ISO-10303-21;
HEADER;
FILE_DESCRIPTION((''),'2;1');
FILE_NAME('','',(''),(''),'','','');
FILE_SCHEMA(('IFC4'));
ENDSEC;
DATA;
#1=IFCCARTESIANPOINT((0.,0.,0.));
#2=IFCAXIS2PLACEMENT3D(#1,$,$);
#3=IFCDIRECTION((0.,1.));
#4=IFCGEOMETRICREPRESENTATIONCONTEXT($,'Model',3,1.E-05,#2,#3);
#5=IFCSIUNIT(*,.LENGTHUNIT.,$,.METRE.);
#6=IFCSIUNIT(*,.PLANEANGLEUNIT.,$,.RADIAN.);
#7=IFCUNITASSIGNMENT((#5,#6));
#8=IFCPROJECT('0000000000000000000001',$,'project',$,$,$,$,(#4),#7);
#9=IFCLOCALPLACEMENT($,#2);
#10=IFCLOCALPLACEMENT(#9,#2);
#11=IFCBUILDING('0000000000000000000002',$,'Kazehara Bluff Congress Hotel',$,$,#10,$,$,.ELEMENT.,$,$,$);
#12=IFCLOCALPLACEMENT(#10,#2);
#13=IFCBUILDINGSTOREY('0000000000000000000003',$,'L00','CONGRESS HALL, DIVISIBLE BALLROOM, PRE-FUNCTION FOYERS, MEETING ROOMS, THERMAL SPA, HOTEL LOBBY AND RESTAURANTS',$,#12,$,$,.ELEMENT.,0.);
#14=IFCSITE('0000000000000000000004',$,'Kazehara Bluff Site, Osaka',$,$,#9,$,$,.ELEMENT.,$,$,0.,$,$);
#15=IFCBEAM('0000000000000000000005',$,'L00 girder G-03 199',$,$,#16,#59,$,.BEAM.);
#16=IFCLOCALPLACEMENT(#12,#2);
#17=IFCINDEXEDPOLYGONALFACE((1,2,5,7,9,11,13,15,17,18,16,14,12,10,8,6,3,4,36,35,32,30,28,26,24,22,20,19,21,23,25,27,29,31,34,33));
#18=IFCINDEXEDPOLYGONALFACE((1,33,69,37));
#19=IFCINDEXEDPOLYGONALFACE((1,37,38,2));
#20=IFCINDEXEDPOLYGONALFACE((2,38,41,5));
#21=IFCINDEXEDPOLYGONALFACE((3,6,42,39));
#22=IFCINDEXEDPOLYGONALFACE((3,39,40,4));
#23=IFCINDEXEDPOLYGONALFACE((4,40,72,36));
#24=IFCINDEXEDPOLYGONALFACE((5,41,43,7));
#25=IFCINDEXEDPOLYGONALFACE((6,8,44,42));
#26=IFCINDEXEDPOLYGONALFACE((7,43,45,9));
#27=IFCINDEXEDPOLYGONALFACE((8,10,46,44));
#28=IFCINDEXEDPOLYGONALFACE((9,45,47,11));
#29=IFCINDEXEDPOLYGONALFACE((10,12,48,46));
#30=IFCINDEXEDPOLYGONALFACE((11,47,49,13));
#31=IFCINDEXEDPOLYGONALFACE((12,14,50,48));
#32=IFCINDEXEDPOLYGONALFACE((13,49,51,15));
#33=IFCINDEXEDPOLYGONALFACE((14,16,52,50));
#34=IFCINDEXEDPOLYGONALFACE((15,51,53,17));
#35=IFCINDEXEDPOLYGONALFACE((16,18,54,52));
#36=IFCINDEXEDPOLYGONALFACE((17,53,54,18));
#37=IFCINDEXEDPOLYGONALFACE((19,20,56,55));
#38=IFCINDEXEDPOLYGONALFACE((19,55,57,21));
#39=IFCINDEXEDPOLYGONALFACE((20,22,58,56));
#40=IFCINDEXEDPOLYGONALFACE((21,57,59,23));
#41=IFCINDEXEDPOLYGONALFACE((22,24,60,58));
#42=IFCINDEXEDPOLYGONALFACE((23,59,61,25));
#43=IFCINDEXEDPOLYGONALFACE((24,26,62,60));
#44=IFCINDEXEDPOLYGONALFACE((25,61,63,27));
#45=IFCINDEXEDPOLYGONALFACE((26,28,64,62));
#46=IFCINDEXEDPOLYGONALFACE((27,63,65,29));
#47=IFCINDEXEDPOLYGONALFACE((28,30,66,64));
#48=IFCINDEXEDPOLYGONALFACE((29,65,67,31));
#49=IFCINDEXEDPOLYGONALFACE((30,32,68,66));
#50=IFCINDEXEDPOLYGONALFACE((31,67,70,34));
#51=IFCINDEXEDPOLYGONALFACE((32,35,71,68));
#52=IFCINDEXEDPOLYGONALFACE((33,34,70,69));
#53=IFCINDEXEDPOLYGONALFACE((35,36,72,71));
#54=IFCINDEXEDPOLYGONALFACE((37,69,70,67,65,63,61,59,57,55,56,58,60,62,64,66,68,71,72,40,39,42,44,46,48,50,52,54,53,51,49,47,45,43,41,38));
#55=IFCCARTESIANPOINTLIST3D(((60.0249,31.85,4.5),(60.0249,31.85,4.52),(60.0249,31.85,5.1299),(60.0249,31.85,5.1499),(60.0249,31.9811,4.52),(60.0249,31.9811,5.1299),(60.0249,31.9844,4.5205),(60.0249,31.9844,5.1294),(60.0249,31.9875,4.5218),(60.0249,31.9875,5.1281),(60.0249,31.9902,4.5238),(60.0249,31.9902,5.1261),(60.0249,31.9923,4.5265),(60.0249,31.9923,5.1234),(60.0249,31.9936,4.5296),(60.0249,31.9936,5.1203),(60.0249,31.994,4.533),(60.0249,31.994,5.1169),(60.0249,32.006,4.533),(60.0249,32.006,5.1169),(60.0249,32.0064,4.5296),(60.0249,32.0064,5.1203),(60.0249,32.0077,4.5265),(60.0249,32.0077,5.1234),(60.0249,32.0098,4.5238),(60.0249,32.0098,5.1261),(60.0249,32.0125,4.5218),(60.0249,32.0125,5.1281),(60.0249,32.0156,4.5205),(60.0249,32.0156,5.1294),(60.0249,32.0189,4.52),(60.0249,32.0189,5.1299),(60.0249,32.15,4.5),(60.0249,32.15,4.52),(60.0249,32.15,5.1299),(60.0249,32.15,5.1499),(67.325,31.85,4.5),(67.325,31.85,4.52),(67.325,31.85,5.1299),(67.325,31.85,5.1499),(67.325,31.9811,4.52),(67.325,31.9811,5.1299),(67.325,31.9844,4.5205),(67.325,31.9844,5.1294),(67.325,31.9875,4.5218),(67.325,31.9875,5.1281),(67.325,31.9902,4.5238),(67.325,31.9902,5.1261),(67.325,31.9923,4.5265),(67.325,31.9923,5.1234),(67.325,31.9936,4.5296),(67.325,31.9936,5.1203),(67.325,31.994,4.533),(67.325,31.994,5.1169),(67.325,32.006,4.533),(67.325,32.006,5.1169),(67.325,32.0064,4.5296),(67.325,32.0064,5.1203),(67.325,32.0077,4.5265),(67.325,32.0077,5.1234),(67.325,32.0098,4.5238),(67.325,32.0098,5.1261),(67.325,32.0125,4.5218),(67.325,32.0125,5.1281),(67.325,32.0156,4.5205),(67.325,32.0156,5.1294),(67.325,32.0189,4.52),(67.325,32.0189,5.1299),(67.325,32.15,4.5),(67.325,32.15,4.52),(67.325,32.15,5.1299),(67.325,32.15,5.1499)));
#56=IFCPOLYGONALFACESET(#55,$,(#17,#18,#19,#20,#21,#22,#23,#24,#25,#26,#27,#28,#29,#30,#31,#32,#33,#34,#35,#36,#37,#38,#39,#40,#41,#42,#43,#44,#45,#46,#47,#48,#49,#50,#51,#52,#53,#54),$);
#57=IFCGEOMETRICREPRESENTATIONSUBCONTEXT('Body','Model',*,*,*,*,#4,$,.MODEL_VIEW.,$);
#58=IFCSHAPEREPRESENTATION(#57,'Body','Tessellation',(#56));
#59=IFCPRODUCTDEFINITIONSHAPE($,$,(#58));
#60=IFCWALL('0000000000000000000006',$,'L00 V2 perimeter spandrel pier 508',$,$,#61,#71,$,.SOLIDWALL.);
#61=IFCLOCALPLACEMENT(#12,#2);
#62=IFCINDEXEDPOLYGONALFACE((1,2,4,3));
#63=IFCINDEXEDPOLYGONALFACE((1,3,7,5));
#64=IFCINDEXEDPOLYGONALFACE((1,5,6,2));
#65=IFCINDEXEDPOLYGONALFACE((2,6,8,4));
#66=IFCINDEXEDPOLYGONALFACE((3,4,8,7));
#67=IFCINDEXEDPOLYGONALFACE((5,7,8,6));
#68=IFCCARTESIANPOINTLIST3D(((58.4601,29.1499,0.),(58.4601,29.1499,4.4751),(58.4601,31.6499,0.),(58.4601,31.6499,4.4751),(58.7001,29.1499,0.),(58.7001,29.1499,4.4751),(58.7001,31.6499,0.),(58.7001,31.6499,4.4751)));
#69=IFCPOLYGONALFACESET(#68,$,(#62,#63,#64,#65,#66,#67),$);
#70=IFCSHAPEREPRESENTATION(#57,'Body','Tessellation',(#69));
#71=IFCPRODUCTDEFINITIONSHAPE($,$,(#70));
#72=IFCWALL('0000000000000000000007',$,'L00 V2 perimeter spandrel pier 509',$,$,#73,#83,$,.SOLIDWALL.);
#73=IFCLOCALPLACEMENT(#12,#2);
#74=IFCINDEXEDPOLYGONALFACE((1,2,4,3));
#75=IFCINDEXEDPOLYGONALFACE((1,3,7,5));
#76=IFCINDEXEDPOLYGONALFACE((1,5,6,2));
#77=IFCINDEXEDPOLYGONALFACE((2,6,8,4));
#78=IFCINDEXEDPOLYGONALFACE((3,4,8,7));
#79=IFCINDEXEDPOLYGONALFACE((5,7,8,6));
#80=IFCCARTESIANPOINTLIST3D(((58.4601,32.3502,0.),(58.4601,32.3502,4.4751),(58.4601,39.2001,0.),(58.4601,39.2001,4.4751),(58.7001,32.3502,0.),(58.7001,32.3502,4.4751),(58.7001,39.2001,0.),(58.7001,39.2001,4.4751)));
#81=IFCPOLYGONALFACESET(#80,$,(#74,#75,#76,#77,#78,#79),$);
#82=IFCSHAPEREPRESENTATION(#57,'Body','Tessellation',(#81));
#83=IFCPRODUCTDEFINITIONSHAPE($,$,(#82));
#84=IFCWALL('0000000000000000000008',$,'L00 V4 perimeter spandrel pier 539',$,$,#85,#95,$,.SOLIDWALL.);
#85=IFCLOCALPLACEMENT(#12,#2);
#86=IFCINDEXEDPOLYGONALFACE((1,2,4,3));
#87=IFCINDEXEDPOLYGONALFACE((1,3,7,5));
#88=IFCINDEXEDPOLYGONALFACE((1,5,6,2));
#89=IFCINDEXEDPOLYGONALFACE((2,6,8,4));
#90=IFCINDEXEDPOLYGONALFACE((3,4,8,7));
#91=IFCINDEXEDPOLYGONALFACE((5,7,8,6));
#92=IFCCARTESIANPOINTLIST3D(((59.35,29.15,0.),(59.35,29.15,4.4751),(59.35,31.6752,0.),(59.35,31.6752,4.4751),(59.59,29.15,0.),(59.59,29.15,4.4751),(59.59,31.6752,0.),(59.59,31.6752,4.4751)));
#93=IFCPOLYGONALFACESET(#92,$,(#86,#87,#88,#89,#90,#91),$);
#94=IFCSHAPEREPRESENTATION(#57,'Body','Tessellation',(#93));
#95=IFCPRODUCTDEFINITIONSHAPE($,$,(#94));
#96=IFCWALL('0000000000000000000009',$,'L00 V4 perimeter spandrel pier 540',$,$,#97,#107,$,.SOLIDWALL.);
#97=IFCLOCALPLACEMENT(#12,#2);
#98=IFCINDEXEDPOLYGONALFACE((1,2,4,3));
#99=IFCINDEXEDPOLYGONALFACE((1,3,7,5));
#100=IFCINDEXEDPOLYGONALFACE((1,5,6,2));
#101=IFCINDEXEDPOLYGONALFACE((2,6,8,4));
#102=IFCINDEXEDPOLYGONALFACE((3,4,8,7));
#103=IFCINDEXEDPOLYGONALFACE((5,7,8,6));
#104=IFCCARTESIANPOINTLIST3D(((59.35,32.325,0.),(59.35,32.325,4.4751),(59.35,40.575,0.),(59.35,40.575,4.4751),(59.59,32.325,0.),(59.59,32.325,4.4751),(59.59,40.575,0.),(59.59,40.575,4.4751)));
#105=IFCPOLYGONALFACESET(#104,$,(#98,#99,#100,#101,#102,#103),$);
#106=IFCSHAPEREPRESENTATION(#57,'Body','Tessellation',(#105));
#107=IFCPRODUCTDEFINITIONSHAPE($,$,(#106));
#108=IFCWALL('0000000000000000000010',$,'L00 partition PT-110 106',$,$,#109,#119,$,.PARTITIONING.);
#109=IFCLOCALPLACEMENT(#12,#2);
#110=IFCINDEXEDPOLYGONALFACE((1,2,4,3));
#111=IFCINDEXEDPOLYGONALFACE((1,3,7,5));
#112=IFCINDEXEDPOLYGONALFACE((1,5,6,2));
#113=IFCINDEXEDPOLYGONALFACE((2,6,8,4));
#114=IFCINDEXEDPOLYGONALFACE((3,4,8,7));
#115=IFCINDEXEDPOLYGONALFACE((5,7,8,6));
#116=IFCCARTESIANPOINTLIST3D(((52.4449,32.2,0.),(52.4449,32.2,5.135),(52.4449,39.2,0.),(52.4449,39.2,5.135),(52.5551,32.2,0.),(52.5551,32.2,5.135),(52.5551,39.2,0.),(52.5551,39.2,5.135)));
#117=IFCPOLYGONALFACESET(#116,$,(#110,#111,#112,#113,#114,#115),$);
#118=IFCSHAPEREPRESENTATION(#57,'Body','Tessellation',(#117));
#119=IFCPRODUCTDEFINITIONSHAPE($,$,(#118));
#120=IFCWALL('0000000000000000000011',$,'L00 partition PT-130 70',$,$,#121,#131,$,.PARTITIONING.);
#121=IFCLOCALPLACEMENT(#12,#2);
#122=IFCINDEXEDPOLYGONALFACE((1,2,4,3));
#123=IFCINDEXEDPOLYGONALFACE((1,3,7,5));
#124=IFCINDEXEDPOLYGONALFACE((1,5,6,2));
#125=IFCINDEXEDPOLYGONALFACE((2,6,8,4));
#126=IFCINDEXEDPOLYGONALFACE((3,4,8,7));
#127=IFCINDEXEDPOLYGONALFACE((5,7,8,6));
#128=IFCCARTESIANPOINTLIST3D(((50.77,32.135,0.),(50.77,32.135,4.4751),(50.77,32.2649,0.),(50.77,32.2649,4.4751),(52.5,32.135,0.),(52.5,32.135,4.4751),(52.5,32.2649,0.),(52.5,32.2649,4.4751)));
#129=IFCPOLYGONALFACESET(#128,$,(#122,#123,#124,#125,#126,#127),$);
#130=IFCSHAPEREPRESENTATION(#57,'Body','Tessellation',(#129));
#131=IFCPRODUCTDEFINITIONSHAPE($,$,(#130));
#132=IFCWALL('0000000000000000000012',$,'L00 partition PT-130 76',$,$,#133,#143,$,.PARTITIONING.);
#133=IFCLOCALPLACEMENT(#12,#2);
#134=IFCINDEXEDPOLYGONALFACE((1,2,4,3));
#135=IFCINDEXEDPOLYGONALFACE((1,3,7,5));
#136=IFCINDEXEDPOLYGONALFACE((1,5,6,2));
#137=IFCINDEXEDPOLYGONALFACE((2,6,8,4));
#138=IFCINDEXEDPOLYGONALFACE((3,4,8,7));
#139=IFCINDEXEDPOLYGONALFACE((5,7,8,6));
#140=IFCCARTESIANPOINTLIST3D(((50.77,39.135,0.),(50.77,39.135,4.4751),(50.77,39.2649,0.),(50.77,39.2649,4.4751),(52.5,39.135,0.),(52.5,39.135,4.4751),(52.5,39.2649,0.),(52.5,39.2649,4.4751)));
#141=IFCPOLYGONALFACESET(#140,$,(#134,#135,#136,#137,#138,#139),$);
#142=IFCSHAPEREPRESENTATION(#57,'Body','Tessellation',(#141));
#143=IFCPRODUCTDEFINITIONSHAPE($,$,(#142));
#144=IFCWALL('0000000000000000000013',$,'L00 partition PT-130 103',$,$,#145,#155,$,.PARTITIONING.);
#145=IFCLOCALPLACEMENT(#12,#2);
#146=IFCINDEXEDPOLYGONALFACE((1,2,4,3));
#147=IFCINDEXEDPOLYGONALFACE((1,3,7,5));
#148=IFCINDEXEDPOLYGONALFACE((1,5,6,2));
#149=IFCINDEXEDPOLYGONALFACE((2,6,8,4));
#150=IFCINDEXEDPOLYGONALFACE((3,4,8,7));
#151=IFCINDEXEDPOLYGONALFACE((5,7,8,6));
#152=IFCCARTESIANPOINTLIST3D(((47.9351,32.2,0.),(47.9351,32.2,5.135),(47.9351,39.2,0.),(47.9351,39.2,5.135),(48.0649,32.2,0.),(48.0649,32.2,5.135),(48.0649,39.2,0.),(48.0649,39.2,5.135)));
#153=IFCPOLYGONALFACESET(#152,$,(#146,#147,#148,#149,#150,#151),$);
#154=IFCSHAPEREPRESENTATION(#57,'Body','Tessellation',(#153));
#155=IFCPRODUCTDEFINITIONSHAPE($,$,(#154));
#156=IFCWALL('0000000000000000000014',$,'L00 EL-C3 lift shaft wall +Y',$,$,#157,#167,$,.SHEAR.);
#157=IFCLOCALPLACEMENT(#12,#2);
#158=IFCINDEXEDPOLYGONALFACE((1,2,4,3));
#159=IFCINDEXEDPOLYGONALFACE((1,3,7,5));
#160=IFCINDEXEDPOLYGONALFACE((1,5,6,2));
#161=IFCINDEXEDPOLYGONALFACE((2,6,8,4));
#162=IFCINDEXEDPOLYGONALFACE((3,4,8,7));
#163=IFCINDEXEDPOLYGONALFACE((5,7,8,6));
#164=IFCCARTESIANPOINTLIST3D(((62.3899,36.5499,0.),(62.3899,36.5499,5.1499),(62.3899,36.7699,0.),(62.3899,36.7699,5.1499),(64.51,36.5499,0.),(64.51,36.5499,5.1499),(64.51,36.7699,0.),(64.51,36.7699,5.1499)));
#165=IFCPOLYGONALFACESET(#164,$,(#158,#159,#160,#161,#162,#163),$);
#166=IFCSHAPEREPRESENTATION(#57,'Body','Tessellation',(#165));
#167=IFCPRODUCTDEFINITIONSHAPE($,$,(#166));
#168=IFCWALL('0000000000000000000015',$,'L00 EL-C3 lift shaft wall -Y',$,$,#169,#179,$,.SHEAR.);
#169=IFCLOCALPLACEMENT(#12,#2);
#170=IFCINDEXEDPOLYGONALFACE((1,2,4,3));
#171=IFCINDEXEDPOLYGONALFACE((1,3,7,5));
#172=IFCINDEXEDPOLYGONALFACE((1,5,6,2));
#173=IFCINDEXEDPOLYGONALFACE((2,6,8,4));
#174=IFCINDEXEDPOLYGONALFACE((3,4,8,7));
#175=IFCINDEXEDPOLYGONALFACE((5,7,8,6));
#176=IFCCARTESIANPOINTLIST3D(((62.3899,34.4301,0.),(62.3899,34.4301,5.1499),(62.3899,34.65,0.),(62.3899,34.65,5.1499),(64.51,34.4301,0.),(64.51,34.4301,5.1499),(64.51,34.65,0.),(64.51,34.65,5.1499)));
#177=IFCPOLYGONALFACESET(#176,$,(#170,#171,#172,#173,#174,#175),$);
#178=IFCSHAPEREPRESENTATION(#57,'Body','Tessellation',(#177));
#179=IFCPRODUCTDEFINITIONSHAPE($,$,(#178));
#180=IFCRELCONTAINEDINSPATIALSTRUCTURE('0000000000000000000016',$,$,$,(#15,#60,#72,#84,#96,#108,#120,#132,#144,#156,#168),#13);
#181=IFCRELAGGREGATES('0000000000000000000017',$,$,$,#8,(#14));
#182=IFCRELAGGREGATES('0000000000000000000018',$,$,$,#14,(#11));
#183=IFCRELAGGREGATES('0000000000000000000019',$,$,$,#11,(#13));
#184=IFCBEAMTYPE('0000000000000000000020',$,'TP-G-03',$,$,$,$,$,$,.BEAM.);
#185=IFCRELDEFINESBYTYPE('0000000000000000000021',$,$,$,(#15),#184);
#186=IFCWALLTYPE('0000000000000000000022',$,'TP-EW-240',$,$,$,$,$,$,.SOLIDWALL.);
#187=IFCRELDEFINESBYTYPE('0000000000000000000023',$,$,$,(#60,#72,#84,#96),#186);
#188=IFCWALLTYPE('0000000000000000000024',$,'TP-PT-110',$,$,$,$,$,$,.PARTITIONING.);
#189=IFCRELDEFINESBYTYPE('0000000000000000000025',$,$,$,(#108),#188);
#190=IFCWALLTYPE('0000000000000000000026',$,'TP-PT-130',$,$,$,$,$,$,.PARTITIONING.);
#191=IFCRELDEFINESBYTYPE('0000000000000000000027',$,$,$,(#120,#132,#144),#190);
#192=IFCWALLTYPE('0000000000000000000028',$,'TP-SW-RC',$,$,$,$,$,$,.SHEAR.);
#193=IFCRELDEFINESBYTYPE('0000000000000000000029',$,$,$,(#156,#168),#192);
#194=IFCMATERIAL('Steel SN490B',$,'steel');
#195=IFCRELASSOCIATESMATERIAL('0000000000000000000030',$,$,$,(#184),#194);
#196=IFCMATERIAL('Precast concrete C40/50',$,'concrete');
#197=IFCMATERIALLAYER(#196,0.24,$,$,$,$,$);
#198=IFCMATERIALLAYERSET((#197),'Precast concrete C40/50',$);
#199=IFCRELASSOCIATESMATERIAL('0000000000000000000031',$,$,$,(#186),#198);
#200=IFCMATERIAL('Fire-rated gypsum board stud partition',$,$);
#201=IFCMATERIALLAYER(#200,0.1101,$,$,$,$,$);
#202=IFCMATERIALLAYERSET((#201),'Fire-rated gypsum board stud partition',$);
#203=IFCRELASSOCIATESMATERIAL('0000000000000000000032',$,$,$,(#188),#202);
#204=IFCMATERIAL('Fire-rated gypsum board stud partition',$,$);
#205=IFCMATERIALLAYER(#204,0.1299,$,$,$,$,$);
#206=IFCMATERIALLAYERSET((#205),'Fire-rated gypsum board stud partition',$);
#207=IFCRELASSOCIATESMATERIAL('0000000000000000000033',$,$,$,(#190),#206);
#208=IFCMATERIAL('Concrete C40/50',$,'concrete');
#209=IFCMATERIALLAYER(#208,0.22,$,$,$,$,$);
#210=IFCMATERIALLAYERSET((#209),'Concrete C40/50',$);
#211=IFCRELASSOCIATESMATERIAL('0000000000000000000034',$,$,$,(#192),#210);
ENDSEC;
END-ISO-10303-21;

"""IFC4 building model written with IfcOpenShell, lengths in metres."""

from ifc_helpers import new_model, si_unit, direction, frame, frame_2d, origin, origin_2d, place, context, subcontext, project, spatial, rectangle, i_section, extrude, material, layer, layer_set, material_profile, profile_set, type_object, element, save


model = new_model("IFC4")

# Units and contexts
model_context = context("Model", 3, precision=1e-05, world=origin(), true_north=direction((0.0, 1.0)))
body_context = subcontext(model_context, "Body", "Model", "MODEL_VIEW")
ifc_project = project(units=[si_unit("LENGTHUNIT", "METRE"), si_unit("PLANEANGLEUNIT", "RADIAN")], contexts=[model_context])

# Site, building, storey
site_placement = place(None, origin())
site = spatial("IfcSite", under=ifc_project, at=site_placement, Name="Kazehara Bluff Site, Osaka", CompositionType="ELEMENT", RefElevation=0.0)
building_placement = place(site_placement, origin())
building = spatial("IfcBuilding", under=site, at=building_placement, Name="Kazehara Bluff Congress Hotel", CompositionType="ELEMENT")
storey_placement = place(building_placement, origin())
storey = spatial("IfcBuildingStorey", under=building, at=storey_placement, Name="L00", Description="CONGRESS HALL, DIVISIBLE BALLROOM, PRE-FUNCTION FOYERS, MEETING ROOMS, THERMAL SPA, HOTEL LOBBY AND RESTAURANTS", CompositionType="ELEMENT", Elevation=0.0)

# Beam
ifc_material_1 = material(Name="Steel SN490B", Category="steel")
ifc_material_profile_1 = material_profile(ifc_material_1, i_section(OverallWidth=0.3, OverallDepth=0.6499, WebThickness=0.012, FlangeThickness=0.02, FilletRadius=0.0129, at=origin_2d()))
ifc_profile_set_1 = profile_set([ifc_material_profile_1], Name="Steel SN490B")
beam_type = type_object("IfcBeamType", Name="TP-G-03", PredefinedType="BEAM", material=ifc_profile_set_1)
beam_1_placement = place(storey_placement, frame((60.0249, 32.0, 4.825), z_axis=(1.0, 0.0, 0.0), x_axis=(0.0, 1.0, 0.0)))
element("IfcBeam", 1, at=beam_1_placement, inside=storey, type_object=beam_type, Name="L00 girder G-03 199", PredefinedType="BEAM", context=body_context, shape_type="SweptSolid", body=[
    extrude(i_section(OverallWidth=0.3, OverallDepth=0.6499, WebThickness=0.012, FlangeThickness=0.02, FilletRadius=0.0129, at=origin_2d()), origin(), (0.0, 0.0, 1.0), 7.3),
])

# Walls
ifc_material_2 = material(Name="Precast concrete C40/50", Category="concrete")
ifc_layer_1 = layer(ifc_material_2, 0.24)
ifc_layer_set_1 = layer_set([ifc_layer_1], Name="Precast concrete C40/50")
wall_type_1 = type_object("IfcWallType", Name="TP-EW-240", PredefinedType="SOLIDWALL", material=ifc_layer_set_1)
wall_1_placement = place(storey_placement, frame((58.5801, 31.6499, 0.0), z_axis=(0.0, 0.0, 1.0), x_axis=(0.0, -1.0, 0.0)))
element("IfcWall", 2, at=wall_1_placement, inside=storey, type_object=wall_type_1, Name="L00 V2 perimeter spandrel pier 508", PredefinedType="SOLIDWALL", context=body_context, shape_type="SweptSolid", body=[
    extrude(rectangle(XDim=2.5, YDim=0.24, at=frame_2d((1.25, 0.0))), origin(), (0.0, 0.0, 1.0), 4.4751),
])
wall_2_placement = place(storey_placement, frame((58.5801, 39.2, 0.0), z_axis=(0.0, 0.0, 1.0), x_axis=(0.0, -1.0, 0.0)))
element("IfcWall", 3, at=wall_2_placement, inside=storey, type_object=wall_type_1, Name="L00 V2 perimeter spandrel pier 509", PredefinedType="SOLIDWALL", context=body_context, shape_type="SweptSolid", body=[
    extrude(rectangle(XDim=6.8499, YDim=0.24, at=frame_2d((3.4248, 0.0))), origin(), (0.0, 0.0, 1.0), 4.4751),
])
wall_3_placement = place(storey_placement, frame((59.47, 29.1499, 0.0), z_axis=(0.0, 0.0, 1.0), x_axis=(0.0, 1.0, 0.0)))
element("IfcWall", 4, at=wall_3_placement, inside=storey, type_object=wall_type_1, Name="L00 V4 perimeter spandrel pier 539", PredefinedType="SOLIDWALL", context=body_context, shape_type="SweptSolid", body=[
    extrude(rectangle(XDim=2.5251, YDim=0.24, at=frame_2d((1.2627, 0.0))), origin(), (0.0, 0.0, 1.0), 4.4751),
])
wall_4_placement = place(storey_placement, frame((59.47, 32.325, 0.0), z_axis=(0.0, 0.0, 1.0), x_axis=(0.0, 1.0, 0.0)))
element("IfcWall", 5, at=wall_4_placement, inside=storey, type_object=wall_type_1, Name="L00 V4 perimeter spandrel pier 540", PredefinedType="SOLIDWALL", context=body_context, shape_type="SweptSolid", body=[
    extrude(rectangle(XDim=8.25, YDim=0.24, at=frame_2d((4.125, 0.0))), origin(), (0.0, 0.0, 1.0), 4.4751),
])
ifc_material_3 = material(Name="Fire-rated gypsum board stud partition")
ifc_layer_2 = layer(ifc_material_3, 0.1101)
ifc_layer_set_2 = layer_set([ifc_layer_2], Name="Fire-rated gypsum board stud partition")
wall_type_2 = type_object("IfcWallType", Name="TP-PT-110", PredefinedType="PARTITIONING", material=ifc_layer_set_2)
wall_5_placement = place(storey_placement, frame((52.5, 32.2, 0.0), z_axis=(0.0, 0.0, 1.0), x_axis=(0.0, 1.0, 0.0)))
element("IfcWall", 6, at=wall_5_placement, inside=storey, type_object=wall_type_2, Name="L00 partition PT-110 106", PredefinedType="PARTITIONING", context=body_context, shape_type="SweptSolid", body=[
    extrude(rectangle(XDim=7.0, YDim=0.1101, at=frame_2d((3.5, 0.0))), origin(), (0.0, 0.0, 1.0), 5.135),
])
ifc_material_4 = material(Name="Fire-rated gypsum board stud partition")
ifc_layer_3 = layer(ifc_material_4, 0.1299)
ifc_layer_set_3 = layer_set([ifc_layer_3], Name="Fire-rated gypsum board stud partition")
wall_type_3 = type_object("IfcWallType", Name="TP-PT-130", PredefinedType="PARTITIONING", material=ifc_layer_set_3)
for number, where, z_axis, x_axis, name in (
    (7, (50.77, 32.2, 0.0), (0.0, 0.0, 1.0), (1.0, 0.0, 0.0), "L00 partition PT-130 70"),
    (8, (50.77, 39.2, 0.0), (0.0, 0.0, 1.0), (1.0, 0.0, 0.0), "L00 partition PT-130 76"),
):
    element("IfcWall", number, at=place(storey_placement, frame(where, z_axis=z_axis, x_axis=x_axis)), inside=storey, type_object=wall_type_3, Name=name, PredefinedType="PARTITIONING", context=body_context, shape_type="SweptSolid", body=[
        extrude(rectangle(XDim=1.73, YDim=0.1299, at=frame_2d((0.865, 0.0))), origin(), (0.0, 0.0, 1.0), 4.4751),
    ])
wall_6_placement = place(storey_placement, frame((48.0, 32.2, 0.0), z_axis=(0.0, 0.0, 1.0), x_axis=(0.0, 1.0, 0.0)))
element("IfcWall", 9, at=wall_6_placement, inside=storey, type_object=wall_type_3, Name="L00 partition PT-130 103", PredefinedType="PARTITIONING", context=body_context, shape_type="SweptSolid", body=[
    extrude(rectangle(XDim=7.0, YDim=0.1299, at=frame_2d((3.5, 0.0))), origin(), (0.0, 0.0, 1.0), 5.135),
])
ifc_material_5 = material(Name="Concrete C40/50", Category="concrete")
ifc_layer_4 = layer(ifc_material_5, 0.22)
ifc_layer_set_4 = layer_set([ifc_layer_4], Name="Concrete C40/50")
wall_type_4 = type_object("IfcWallType", Name="TP-SW-RC", PredefinedType="SHEAR", material=ifc_layer_set_4)
for number, where, z_axis, x_axis, name in (
    (10, (62.3899, 36.6599, 0.0), (0.0, 0.0, 1.0), (1.0, 0.0, 0.0), "L00 EL-C3 lift shaft wall +Y"),
    (11, (62.3899, 34.54, 0.0), (0.0, 0.0, 1.0), (1.0, 0.0, 0.0), "L00 EL-C3 lift shaft wall -Y"),
):
    element("IfcWall", number, at=place(storey_placement, frame(where, z_axis=z_axis, x_axis=x_axis)), inside=storey, type_object=wall_type_4, Name=name, PredefinedType="SHEAR", context=body_context, shape_type="SweptSolid", body=[
        extrude(rectangle(XDim=2.1201, YDim=0.22, at=frame_2d((1.0601, 0.0))), origin(), (0.0, 0.0, 1.0), 5.1499),
    ])

save(model, "model.ifc")
